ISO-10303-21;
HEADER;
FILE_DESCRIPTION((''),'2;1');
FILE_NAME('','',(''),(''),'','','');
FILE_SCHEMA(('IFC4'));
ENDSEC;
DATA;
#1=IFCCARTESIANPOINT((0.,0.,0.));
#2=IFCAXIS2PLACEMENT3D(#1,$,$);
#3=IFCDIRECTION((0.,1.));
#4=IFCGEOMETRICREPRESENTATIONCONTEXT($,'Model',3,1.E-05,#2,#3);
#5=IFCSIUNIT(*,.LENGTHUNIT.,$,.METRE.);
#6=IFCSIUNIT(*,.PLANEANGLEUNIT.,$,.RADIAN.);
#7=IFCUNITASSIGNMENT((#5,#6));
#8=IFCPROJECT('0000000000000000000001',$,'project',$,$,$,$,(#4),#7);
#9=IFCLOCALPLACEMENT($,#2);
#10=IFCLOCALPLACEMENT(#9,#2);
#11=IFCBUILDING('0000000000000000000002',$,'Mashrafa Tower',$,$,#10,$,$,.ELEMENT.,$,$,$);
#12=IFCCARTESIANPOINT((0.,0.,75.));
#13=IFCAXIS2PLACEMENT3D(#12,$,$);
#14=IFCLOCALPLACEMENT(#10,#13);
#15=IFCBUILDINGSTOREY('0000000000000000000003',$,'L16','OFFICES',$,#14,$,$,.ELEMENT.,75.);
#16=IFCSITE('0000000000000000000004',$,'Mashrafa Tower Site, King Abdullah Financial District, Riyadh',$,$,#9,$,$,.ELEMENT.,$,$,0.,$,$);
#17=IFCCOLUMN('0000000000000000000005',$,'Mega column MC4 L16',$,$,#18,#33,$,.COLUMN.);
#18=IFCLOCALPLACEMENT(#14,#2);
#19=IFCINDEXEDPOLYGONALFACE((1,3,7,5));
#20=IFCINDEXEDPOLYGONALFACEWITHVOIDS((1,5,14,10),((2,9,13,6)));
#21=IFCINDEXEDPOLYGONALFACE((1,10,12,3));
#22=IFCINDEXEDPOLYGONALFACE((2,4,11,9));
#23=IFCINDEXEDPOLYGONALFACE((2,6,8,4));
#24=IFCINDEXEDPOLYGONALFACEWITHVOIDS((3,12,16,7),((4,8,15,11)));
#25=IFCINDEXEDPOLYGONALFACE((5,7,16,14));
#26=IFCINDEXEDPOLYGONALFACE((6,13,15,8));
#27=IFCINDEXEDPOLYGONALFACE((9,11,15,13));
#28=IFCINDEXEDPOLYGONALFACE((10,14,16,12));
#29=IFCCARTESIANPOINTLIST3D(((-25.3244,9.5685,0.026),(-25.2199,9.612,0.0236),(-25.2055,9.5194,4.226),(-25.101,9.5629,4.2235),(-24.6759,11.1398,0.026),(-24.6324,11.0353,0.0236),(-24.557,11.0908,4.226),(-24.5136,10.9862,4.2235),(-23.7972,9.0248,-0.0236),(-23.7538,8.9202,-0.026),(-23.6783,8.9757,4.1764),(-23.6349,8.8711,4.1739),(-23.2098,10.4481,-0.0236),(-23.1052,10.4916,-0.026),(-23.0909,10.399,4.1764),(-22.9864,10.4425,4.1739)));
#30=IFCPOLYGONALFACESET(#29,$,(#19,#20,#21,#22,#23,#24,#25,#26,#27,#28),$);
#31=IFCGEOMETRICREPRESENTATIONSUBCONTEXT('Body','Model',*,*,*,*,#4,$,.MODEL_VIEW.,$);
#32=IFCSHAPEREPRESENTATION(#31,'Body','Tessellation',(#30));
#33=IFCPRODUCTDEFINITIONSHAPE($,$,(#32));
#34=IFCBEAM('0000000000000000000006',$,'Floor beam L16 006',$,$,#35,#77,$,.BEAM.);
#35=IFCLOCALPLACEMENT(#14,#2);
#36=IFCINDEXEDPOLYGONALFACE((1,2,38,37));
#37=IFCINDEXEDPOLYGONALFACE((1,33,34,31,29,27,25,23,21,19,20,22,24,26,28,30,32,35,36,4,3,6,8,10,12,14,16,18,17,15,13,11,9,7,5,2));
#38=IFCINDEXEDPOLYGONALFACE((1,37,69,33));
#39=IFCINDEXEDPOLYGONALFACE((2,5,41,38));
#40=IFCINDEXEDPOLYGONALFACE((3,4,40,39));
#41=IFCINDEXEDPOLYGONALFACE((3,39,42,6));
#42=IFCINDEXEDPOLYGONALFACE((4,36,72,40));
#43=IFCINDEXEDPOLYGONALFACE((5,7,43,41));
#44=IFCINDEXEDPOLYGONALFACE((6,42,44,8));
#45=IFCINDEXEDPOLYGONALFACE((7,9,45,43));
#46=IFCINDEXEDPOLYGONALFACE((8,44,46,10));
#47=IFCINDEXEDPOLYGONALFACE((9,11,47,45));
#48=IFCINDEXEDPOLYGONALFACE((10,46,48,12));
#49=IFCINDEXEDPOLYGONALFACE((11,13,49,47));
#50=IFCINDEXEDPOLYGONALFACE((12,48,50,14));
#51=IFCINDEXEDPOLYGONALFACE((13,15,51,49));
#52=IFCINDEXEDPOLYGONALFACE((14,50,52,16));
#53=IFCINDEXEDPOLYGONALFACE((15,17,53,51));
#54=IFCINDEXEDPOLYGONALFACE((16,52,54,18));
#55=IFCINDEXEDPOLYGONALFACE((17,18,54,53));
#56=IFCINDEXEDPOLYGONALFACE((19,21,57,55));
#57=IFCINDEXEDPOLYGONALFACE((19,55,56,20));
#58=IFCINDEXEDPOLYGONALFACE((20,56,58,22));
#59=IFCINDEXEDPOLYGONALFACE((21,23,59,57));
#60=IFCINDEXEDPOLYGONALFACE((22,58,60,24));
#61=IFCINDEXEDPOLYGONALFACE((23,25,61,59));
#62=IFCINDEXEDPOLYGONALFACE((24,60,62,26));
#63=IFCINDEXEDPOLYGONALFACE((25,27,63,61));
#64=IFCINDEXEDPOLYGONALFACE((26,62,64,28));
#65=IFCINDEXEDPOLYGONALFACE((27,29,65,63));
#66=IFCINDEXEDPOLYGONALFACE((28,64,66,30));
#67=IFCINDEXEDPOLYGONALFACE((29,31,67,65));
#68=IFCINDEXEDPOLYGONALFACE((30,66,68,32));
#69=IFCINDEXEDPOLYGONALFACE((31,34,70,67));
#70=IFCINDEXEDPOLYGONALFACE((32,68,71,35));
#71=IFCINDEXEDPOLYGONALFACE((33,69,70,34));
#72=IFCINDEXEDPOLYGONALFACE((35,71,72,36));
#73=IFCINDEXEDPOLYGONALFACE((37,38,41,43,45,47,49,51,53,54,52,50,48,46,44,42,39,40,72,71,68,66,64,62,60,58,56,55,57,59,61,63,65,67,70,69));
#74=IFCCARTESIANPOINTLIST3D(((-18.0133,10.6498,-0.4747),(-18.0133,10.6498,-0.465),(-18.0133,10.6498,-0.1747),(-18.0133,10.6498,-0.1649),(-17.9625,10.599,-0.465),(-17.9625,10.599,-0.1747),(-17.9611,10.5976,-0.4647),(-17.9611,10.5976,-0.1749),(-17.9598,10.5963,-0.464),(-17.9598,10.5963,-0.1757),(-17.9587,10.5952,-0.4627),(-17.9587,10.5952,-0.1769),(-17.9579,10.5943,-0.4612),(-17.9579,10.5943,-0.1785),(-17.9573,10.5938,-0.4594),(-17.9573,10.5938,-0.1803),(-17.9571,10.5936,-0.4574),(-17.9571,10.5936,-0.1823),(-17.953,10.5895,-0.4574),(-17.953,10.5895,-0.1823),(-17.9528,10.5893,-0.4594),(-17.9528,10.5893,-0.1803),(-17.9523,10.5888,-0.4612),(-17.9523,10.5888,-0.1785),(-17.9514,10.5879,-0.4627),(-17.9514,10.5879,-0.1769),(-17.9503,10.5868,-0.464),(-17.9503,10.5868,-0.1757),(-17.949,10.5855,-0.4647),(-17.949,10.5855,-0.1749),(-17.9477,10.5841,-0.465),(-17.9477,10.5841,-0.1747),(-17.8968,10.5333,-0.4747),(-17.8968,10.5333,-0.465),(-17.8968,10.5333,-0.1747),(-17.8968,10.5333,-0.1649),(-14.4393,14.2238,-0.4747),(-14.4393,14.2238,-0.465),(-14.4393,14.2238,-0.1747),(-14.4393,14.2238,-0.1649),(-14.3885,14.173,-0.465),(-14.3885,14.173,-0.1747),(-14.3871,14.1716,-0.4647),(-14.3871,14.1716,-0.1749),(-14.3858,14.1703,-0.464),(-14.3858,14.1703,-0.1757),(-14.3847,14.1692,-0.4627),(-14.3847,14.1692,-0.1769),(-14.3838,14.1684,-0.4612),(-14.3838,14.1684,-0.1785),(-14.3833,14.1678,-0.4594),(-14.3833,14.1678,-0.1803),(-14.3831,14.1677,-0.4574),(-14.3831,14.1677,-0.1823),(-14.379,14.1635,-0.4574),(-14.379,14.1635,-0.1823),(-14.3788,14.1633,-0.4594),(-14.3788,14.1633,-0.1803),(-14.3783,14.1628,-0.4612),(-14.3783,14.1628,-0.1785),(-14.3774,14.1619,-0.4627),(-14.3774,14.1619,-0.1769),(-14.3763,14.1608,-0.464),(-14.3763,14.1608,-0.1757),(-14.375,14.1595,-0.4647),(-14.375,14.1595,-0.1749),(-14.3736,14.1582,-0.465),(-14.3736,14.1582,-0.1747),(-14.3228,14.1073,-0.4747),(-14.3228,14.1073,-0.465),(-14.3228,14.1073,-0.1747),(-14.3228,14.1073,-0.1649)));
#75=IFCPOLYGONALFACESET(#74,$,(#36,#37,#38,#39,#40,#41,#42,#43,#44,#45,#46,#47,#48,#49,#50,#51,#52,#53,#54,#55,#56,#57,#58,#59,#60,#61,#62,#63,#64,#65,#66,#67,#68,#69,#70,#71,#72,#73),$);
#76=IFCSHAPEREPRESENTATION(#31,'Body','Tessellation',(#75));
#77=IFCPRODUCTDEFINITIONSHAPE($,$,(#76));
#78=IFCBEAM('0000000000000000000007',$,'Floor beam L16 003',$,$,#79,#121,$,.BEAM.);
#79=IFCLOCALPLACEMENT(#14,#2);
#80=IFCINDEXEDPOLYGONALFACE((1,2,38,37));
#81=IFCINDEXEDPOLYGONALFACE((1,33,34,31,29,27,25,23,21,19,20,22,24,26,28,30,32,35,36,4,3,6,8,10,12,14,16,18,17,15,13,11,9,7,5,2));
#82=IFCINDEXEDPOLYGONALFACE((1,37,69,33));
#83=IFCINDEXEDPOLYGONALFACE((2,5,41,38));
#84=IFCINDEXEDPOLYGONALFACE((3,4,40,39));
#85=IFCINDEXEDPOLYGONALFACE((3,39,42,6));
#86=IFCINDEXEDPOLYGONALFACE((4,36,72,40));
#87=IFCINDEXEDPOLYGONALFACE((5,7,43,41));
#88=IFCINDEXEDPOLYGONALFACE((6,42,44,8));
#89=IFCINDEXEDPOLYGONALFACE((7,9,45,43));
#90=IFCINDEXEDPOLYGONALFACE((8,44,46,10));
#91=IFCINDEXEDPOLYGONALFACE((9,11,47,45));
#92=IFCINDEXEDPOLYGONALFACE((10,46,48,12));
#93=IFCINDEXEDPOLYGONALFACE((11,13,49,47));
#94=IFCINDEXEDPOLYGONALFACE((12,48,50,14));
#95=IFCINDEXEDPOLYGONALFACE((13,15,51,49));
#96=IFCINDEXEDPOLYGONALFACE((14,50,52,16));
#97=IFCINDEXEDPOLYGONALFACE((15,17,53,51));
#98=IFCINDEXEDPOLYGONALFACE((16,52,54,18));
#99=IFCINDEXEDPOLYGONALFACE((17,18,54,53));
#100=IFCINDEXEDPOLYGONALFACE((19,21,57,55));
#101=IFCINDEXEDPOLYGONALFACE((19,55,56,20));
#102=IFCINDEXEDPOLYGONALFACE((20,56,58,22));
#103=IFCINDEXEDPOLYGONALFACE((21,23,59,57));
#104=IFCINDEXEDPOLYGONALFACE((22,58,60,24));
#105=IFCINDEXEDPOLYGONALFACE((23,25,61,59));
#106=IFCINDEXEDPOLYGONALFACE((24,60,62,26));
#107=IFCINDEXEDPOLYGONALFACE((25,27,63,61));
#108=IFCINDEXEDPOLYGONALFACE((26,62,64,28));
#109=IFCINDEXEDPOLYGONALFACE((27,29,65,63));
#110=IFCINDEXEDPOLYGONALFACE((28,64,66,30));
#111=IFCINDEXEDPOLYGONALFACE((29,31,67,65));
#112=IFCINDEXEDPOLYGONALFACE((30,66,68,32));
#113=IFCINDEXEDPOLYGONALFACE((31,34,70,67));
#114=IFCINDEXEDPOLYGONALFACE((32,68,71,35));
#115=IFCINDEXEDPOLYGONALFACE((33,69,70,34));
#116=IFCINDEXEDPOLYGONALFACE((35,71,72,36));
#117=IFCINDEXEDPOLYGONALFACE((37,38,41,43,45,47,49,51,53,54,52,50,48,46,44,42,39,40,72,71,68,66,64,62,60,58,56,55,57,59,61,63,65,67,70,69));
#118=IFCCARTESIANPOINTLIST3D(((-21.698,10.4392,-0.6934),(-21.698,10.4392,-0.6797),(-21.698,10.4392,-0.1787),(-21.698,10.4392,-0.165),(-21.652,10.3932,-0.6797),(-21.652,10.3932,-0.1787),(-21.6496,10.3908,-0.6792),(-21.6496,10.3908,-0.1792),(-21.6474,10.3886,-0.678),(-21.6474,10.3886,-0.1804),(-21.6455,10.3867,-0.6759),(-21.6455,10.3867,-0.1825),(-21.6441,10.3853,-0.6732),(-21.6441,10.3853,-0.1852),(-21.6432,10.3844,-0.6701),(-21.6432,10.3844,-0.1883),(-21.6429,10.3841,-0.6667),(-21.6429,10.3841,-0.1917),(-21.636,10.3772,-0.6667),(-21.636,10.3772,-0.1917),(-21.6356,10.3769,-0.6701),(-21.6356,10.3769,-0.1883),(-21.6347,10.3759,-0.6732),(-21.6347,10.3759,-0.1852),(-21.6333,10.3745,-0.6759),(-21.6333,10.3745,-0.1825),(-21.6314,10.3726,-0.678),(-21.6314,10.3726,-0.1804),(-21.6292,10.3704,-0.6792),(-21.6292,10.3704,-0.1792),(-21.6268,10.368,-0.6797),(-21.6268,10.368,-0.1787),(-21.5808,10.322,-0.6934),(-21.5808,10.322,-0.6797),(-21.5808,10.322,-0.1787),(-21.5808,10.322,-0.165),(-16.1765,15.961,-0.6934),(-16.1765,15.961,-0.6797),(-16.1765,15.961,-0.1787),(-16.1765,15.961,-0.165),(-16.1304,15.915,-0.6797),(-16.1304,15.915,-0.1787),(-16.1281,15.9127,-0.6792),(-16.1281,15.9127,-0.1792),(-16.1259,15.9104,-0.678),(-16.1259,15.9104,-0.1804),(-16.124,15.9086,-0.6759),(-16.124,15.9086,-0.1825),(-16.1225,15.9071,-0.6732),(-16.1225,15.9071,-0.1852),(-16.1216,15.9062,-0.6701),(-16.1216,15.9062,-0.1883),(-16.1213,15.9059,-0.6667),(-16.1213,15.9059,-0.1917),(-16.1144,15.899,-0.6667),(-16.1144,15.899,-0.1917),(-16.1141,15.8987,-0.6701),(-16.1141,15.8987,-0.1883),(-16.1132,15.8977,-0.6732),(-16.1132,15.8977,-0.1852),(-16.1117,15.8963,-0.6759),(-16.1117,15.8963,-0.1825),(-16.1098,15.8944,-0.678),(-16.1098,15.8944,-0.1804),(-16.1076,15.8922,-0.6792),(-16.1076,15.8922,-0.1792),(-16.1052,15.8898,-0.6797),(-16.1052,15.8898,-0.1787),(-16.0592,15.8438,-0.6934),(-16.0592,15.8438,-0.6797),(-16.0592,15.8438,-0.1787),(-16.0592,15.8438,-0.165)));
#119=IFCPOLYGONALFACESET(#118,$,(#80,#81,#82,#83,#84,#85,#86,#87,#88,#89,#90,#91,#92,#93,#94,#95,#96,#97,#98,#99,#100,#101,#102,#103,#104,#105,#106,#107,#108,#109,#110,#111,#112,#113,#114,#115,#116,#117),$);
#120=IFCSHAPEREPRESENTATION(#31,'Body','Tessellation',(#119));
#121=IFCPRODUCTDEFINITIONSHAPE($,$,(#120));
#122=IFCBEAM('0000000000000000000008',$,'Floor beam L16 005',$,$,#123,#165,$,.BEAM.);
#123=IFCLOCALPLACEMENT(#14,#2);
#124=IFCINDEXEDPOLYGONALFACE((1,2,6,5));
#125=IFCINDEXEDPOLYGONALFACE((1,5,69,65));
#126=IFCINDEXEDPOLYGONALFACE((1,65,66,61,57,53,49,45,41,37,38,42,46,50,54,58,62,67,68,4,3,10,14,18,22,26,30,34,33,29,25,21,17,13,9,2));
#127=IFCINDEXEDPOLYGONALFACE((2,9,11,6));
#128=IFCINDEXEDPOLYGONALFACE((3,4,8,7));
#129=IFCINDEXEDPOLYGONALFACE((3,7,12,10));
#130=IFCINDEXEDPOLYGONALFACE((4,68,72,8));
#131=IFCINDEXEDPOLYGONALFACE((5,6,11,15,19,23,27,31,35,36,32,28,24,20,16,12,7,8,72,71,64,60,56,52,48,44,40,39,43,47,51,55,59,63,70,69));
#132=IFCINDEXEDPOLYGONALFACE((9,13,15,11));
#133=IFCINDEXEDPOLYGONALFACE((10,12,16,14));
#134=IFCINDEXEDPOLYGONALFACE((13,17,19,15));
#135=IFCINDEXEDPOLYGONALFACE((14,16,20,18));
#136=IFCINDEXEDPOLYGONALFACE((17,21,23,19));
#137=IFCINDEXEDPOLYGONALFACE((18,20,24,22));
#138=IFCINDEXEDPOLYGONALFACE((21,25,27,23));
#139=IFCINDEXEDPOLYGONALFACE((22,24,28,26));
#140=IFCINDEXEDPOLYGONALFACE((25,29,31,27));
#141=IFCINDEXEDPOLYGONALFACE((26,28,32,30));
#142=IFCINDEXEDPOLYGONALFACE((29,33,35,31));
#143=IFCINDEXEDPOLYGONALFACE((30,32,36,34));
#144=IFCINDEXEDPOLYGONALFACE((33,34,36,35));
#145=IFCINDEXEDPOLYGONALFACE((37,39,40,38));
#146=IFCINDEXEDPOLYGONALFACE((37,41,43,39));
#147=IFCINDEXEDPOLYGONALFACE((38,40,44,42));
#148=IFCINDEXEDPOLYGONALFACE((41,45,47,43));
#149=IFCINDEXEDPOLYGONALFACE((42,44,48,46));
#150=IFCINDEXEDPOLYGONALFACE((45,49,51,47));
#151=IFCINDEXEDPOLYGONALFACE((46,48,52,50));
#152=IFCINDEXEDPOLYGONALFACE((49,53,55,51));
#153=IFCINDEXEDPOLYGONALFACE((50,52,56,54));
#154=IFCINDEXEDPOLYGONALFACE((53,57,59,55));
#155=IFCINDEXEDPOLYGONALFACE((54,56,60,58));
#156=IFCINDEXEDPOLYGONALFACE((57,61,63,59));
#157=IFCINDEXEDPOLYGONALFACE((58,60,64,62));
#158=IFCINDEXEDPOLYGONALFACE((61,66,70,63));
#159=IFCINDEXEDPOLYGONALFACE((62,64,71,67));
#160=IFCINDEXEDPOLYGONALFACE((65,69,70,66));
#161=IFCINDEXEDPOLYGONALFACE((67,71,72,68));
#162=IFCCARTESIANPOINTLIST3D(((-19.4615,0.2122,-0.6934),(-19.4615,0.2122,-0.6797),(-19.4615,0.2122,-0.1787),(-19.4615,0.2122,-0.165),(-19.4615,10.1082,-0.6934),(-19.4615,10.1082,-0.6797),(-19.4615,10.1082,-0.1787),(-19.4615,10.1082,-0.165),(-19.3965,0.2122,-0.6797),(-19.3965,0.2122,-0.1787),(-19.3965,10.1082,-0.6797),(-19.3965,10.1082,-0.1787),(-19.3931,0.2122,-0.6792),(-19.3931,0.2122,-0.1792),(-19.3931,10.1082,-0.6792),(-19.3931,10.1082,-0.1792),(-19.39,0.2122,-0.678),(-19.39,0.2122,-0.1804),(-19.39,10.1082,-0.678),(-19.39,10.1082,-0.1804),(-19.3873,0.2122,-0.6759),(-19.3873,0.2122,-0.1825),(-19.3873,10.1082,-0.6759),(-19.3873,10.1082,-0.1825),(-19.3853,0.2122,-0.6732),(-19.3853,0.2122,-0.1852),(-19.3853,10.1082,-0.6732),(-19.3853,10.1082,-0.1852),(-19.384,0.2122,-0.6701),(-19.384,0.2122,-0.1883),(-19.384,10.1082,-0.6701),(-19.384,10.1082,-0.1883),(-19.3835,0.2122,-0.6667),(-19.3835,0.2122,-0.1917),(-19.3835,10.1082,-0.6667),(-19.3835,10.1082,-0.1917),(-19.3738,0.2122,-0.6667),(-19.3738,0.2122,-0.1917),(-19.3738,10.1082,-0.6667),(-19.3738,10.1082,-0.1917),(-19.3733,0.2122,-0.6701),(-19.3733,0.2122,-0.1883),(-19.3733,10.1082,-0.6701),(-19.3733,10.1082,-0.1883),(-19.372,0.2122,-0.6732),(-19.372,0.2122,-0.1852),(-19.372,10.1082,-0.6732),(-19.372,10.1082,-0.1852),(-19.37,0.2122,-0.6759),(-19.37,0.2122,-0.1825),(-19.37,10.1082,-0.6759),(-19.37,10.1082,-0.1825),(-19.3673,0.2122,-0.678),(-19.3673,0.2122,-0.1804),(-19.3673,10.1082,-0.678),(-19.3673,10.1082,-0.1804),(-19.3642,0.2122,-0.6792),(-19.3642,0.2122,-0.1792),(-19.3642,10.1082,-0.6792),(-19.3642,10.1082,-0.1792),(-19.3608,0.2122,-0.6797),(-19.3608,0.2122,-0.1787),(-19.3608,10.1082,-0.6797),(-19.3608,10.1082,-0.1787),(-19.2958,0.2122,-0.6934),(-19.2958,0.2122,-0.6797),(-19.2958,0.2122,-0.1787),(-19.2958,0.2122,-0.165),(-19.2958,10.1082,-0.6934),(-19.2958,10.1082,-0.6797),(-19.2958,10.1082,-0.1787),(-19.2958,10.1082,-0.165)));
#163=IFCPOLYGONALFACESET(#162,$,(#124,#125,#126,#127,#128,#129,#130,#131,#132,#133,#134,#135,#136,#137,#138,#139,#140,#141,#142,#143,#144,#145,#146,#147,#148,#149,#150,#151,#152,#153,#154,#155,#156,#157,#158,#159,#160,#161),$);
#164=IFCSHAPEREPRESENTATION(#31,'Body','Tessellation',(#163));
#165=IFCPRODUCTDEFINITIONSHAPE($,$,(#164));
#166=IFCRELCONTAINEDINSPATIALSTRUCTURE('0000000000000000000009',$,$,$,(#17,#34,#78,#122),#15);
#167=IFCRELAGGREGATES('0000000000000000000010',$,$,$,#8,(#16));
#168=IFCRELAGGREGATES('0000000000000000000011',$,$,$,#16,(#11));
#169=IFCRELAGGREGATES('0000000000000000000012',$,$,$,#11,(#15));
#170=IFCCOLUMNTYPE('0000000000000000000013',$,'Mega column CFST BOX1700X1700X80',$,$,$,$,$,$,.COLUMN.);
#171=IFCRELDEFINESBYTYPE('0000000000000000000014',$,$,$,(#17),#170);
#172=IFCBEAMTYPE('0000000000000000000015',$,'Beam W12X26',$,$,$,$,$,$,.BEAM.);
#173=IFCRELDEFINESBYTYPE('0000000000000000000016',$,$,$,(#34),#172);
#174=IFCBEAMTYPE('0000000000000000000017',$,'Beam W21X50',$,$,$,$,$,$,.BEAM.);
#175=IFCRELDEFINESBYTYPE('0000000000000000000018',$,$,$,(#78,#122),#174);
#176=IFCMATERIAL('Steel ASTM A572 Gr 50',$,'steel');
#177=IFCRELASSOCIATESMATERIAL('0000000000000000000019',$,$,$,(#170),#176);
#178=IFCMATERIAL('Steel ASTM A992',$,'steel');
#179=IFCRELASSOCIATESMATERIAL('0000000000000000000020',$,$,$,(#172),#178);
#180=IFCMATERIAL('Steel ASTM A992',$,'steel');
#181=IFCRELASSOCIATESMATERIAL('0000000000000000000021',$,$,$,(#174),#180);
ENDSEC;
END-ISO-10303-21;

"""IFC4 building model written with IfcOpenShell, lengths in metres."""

from ifc_helpers import new_model, si_unit, direction, frame, origin, origin_2d, place, context, subcontext, project, spatial, hollow_rectangle, i_section, extrude, material, material_profile, profile_set, type_object, element, save


model = new_model("IFC4")

# Units and contexts
model_context = context("Model", 3, precision=1e-05, world=origin(), true_north=direction((0.0, 1.0)))
body_context = subcontext(model_context, "Body", "Model", "MODEL_VIEW")
ifc_project = project(units=[si_unit("LENGTHUNIT", "METRE"), si_unit("PLANEANGLEUNIT", "RADIAN")], contexts=[model_context])

# Site, building, storey
site_placement = place(None, origin())
site = spatial("IfcSite", under=ifc_project, at=site_placement, Name="Mashrafa Tower Site, King Abdullah Financial District, Riyadh", CompositionType="ELEMENT", RefElevation=0.0)
building_placement = place(site_placement, origin())
building = spatial("IfcBuilding", under=site, at=building_placement, Name="Mashrafa Tower", CompositionType="ELEMENT")
storey_placement = place(building_placement, frame((0.0, 0.0, 75.0)))
storey = spatial("IfcBuildingStorey", under=building, at=storey_placement, Name="L16", Description="OFFICES", CompositionType="ELEMENT", Elevation=75.0)

# Column
ifc_material_1 = material(Name="Steel ASTM A572 Gr 50", Category="steel")
ifc_material_profile_1 = material_profile(ifc_material_1, hollow_rectangle(XDim=1.7, YDim=1.7, WallThickness=0.0801, at=origin_2d()), Name="BOX1700X1700X80")
ifc_profile_set_1 = profile_set([ifc_material_profile_1], Name="Steel ASTM A572 Gr 50")
column_type = type_object("IfcColumnType", Name="Mega column CFST BOX1700X1700X80", PredefinedType="COLUMN", material=ifc_profile_set_1)
column_placement = place(storey_placement, frame((-24.2148, 10.03, 0.0), z_axis=(0.028296, -0.011679, 0.999531), x_axis=(0.381513, 0.924363, 0.0)))
element("IfcColumn", 1, at=column_placement, inside=storey, type_object=column_type, Name="Mega column MC4 L16", PredefinedType="COLUMN", context=body_context, shape_type="SweptSolid", body=[
    extrude(hollow_rectangle(XDim=1.7, YDim=1.7, WallThickness=0.0801, at=origin_2d()), origin(), (0.0, 0.0, 1.0), 4.2019),
])

# Beams
ifc_material_2 = material(Name="Steel ASTM A992", Category="steel")
ifc_material_profile_2 = material_profile(ifc_material_2, i_section(OverallWidth=0.1648, OverallDepth=0.3098, WebThickness=0.0059, FlangeThickness=0.0098, FilletRadius=0.0076, at=origin_2d()), Name="W12X26")
ifc_profile_set_2 = profile_set([ifc_material_profile_2], Name="Steel ASTM A992")
beam_type_1 = type_object("IfcBeamType", Name="Beam W12X26", PredefinedType="BEAM", material=ifc_profile_set_2)
beam_1_placement = place(storey_placement, frame((-17.9551, 10.5916, -0.3198), z_axis=(0.707107, 0.707107, 0.0), x_axis=(-0.707107, 0.707107, 0.0)))
element("IfcBeam", 2, at=beam_1_placement, inside=storey, type_object=beam_type_1, Name="Floor beam L16 006", PredefinedType="BEAM", context=body_context, shape_type="SweptSolid", body=[
    extrude(i_section(OverallWidth=0.1648, OverallDepth=0.3098, WebThickness=0.0059, FlangeThickness=0.0098, FilletRadius=0.0076, at=origin_2d()), origin(), (0.0, 0.0, 1.0), 5.0544),
])
ifc_material_3 = material(Name="Steel ASTM A992", Category="steel")
ifc_material_profile_3 = material_profile(ifc_material_3, i_section(OverallWidth=0.1658, OverallDepth=0.5283, WebThickness=0.0098, FlangeThickness=0.0137, FilletRadius=0.0129, at=origin_2d()), Name="W21X50")
ifc_profile_set_3 = profile_set([ifc_material_profile_3], Name="Steel ASTM A992")
beam_type_2 = type_object("IfcBeamType", Name="Beam W21X50", PredefinedType="BEAM", material=ifc_profile_set_3)
beam_2_placement = place(storey_placement, frame((-21.6394, 10.3806, -0.4292), z_axis=(0.707091, 0.707122, 0.0), x_axis=(-0.707122, 0.707091, 0.0)))
element("IfcBeam", 3, at=beam_2_placement, inside=storey, type_object=beam_type_2, Name="Floor beam L16 003", PredefinedType="BEAM", context=body_context, shape_type="SweptSolid", body=[
    extrude(i_section(OverallWidth=0.1658, OverallDepth=0.5283, WebThickness=0.0098, FlangeThickness=0.0137, FilletRadius=0.0129, at=origin_2d()), origin(), (0.0, 0.0, 1.0), 7.8088),
])
beam_3_placement = place(storey_placement, frame((-19.3787, 0.2122, -0.4292), z_axis=(0.0, 1.0, 0.0), x_axis=(-1.0, 0.0, 0.0)))
element("IfcBeam", 4, at=beam_3_placement, inside=storey, type_object=beam_type_2, Name="Floor beam L16 005", PredefinedType="BEAM", context=body_context, shape_type="SweptSolid", body=[
    extrude(i_section(OverallWidth=0.1658, OverallDepth=0.5283, WebThickness=0.0098, FlangeThickness=0.0137, FilletRadius=0.0129, at=origin_2d()), origin(), (0.0, 0.0, 1.0), 9.896),
])

save(model, "model.ifc")
